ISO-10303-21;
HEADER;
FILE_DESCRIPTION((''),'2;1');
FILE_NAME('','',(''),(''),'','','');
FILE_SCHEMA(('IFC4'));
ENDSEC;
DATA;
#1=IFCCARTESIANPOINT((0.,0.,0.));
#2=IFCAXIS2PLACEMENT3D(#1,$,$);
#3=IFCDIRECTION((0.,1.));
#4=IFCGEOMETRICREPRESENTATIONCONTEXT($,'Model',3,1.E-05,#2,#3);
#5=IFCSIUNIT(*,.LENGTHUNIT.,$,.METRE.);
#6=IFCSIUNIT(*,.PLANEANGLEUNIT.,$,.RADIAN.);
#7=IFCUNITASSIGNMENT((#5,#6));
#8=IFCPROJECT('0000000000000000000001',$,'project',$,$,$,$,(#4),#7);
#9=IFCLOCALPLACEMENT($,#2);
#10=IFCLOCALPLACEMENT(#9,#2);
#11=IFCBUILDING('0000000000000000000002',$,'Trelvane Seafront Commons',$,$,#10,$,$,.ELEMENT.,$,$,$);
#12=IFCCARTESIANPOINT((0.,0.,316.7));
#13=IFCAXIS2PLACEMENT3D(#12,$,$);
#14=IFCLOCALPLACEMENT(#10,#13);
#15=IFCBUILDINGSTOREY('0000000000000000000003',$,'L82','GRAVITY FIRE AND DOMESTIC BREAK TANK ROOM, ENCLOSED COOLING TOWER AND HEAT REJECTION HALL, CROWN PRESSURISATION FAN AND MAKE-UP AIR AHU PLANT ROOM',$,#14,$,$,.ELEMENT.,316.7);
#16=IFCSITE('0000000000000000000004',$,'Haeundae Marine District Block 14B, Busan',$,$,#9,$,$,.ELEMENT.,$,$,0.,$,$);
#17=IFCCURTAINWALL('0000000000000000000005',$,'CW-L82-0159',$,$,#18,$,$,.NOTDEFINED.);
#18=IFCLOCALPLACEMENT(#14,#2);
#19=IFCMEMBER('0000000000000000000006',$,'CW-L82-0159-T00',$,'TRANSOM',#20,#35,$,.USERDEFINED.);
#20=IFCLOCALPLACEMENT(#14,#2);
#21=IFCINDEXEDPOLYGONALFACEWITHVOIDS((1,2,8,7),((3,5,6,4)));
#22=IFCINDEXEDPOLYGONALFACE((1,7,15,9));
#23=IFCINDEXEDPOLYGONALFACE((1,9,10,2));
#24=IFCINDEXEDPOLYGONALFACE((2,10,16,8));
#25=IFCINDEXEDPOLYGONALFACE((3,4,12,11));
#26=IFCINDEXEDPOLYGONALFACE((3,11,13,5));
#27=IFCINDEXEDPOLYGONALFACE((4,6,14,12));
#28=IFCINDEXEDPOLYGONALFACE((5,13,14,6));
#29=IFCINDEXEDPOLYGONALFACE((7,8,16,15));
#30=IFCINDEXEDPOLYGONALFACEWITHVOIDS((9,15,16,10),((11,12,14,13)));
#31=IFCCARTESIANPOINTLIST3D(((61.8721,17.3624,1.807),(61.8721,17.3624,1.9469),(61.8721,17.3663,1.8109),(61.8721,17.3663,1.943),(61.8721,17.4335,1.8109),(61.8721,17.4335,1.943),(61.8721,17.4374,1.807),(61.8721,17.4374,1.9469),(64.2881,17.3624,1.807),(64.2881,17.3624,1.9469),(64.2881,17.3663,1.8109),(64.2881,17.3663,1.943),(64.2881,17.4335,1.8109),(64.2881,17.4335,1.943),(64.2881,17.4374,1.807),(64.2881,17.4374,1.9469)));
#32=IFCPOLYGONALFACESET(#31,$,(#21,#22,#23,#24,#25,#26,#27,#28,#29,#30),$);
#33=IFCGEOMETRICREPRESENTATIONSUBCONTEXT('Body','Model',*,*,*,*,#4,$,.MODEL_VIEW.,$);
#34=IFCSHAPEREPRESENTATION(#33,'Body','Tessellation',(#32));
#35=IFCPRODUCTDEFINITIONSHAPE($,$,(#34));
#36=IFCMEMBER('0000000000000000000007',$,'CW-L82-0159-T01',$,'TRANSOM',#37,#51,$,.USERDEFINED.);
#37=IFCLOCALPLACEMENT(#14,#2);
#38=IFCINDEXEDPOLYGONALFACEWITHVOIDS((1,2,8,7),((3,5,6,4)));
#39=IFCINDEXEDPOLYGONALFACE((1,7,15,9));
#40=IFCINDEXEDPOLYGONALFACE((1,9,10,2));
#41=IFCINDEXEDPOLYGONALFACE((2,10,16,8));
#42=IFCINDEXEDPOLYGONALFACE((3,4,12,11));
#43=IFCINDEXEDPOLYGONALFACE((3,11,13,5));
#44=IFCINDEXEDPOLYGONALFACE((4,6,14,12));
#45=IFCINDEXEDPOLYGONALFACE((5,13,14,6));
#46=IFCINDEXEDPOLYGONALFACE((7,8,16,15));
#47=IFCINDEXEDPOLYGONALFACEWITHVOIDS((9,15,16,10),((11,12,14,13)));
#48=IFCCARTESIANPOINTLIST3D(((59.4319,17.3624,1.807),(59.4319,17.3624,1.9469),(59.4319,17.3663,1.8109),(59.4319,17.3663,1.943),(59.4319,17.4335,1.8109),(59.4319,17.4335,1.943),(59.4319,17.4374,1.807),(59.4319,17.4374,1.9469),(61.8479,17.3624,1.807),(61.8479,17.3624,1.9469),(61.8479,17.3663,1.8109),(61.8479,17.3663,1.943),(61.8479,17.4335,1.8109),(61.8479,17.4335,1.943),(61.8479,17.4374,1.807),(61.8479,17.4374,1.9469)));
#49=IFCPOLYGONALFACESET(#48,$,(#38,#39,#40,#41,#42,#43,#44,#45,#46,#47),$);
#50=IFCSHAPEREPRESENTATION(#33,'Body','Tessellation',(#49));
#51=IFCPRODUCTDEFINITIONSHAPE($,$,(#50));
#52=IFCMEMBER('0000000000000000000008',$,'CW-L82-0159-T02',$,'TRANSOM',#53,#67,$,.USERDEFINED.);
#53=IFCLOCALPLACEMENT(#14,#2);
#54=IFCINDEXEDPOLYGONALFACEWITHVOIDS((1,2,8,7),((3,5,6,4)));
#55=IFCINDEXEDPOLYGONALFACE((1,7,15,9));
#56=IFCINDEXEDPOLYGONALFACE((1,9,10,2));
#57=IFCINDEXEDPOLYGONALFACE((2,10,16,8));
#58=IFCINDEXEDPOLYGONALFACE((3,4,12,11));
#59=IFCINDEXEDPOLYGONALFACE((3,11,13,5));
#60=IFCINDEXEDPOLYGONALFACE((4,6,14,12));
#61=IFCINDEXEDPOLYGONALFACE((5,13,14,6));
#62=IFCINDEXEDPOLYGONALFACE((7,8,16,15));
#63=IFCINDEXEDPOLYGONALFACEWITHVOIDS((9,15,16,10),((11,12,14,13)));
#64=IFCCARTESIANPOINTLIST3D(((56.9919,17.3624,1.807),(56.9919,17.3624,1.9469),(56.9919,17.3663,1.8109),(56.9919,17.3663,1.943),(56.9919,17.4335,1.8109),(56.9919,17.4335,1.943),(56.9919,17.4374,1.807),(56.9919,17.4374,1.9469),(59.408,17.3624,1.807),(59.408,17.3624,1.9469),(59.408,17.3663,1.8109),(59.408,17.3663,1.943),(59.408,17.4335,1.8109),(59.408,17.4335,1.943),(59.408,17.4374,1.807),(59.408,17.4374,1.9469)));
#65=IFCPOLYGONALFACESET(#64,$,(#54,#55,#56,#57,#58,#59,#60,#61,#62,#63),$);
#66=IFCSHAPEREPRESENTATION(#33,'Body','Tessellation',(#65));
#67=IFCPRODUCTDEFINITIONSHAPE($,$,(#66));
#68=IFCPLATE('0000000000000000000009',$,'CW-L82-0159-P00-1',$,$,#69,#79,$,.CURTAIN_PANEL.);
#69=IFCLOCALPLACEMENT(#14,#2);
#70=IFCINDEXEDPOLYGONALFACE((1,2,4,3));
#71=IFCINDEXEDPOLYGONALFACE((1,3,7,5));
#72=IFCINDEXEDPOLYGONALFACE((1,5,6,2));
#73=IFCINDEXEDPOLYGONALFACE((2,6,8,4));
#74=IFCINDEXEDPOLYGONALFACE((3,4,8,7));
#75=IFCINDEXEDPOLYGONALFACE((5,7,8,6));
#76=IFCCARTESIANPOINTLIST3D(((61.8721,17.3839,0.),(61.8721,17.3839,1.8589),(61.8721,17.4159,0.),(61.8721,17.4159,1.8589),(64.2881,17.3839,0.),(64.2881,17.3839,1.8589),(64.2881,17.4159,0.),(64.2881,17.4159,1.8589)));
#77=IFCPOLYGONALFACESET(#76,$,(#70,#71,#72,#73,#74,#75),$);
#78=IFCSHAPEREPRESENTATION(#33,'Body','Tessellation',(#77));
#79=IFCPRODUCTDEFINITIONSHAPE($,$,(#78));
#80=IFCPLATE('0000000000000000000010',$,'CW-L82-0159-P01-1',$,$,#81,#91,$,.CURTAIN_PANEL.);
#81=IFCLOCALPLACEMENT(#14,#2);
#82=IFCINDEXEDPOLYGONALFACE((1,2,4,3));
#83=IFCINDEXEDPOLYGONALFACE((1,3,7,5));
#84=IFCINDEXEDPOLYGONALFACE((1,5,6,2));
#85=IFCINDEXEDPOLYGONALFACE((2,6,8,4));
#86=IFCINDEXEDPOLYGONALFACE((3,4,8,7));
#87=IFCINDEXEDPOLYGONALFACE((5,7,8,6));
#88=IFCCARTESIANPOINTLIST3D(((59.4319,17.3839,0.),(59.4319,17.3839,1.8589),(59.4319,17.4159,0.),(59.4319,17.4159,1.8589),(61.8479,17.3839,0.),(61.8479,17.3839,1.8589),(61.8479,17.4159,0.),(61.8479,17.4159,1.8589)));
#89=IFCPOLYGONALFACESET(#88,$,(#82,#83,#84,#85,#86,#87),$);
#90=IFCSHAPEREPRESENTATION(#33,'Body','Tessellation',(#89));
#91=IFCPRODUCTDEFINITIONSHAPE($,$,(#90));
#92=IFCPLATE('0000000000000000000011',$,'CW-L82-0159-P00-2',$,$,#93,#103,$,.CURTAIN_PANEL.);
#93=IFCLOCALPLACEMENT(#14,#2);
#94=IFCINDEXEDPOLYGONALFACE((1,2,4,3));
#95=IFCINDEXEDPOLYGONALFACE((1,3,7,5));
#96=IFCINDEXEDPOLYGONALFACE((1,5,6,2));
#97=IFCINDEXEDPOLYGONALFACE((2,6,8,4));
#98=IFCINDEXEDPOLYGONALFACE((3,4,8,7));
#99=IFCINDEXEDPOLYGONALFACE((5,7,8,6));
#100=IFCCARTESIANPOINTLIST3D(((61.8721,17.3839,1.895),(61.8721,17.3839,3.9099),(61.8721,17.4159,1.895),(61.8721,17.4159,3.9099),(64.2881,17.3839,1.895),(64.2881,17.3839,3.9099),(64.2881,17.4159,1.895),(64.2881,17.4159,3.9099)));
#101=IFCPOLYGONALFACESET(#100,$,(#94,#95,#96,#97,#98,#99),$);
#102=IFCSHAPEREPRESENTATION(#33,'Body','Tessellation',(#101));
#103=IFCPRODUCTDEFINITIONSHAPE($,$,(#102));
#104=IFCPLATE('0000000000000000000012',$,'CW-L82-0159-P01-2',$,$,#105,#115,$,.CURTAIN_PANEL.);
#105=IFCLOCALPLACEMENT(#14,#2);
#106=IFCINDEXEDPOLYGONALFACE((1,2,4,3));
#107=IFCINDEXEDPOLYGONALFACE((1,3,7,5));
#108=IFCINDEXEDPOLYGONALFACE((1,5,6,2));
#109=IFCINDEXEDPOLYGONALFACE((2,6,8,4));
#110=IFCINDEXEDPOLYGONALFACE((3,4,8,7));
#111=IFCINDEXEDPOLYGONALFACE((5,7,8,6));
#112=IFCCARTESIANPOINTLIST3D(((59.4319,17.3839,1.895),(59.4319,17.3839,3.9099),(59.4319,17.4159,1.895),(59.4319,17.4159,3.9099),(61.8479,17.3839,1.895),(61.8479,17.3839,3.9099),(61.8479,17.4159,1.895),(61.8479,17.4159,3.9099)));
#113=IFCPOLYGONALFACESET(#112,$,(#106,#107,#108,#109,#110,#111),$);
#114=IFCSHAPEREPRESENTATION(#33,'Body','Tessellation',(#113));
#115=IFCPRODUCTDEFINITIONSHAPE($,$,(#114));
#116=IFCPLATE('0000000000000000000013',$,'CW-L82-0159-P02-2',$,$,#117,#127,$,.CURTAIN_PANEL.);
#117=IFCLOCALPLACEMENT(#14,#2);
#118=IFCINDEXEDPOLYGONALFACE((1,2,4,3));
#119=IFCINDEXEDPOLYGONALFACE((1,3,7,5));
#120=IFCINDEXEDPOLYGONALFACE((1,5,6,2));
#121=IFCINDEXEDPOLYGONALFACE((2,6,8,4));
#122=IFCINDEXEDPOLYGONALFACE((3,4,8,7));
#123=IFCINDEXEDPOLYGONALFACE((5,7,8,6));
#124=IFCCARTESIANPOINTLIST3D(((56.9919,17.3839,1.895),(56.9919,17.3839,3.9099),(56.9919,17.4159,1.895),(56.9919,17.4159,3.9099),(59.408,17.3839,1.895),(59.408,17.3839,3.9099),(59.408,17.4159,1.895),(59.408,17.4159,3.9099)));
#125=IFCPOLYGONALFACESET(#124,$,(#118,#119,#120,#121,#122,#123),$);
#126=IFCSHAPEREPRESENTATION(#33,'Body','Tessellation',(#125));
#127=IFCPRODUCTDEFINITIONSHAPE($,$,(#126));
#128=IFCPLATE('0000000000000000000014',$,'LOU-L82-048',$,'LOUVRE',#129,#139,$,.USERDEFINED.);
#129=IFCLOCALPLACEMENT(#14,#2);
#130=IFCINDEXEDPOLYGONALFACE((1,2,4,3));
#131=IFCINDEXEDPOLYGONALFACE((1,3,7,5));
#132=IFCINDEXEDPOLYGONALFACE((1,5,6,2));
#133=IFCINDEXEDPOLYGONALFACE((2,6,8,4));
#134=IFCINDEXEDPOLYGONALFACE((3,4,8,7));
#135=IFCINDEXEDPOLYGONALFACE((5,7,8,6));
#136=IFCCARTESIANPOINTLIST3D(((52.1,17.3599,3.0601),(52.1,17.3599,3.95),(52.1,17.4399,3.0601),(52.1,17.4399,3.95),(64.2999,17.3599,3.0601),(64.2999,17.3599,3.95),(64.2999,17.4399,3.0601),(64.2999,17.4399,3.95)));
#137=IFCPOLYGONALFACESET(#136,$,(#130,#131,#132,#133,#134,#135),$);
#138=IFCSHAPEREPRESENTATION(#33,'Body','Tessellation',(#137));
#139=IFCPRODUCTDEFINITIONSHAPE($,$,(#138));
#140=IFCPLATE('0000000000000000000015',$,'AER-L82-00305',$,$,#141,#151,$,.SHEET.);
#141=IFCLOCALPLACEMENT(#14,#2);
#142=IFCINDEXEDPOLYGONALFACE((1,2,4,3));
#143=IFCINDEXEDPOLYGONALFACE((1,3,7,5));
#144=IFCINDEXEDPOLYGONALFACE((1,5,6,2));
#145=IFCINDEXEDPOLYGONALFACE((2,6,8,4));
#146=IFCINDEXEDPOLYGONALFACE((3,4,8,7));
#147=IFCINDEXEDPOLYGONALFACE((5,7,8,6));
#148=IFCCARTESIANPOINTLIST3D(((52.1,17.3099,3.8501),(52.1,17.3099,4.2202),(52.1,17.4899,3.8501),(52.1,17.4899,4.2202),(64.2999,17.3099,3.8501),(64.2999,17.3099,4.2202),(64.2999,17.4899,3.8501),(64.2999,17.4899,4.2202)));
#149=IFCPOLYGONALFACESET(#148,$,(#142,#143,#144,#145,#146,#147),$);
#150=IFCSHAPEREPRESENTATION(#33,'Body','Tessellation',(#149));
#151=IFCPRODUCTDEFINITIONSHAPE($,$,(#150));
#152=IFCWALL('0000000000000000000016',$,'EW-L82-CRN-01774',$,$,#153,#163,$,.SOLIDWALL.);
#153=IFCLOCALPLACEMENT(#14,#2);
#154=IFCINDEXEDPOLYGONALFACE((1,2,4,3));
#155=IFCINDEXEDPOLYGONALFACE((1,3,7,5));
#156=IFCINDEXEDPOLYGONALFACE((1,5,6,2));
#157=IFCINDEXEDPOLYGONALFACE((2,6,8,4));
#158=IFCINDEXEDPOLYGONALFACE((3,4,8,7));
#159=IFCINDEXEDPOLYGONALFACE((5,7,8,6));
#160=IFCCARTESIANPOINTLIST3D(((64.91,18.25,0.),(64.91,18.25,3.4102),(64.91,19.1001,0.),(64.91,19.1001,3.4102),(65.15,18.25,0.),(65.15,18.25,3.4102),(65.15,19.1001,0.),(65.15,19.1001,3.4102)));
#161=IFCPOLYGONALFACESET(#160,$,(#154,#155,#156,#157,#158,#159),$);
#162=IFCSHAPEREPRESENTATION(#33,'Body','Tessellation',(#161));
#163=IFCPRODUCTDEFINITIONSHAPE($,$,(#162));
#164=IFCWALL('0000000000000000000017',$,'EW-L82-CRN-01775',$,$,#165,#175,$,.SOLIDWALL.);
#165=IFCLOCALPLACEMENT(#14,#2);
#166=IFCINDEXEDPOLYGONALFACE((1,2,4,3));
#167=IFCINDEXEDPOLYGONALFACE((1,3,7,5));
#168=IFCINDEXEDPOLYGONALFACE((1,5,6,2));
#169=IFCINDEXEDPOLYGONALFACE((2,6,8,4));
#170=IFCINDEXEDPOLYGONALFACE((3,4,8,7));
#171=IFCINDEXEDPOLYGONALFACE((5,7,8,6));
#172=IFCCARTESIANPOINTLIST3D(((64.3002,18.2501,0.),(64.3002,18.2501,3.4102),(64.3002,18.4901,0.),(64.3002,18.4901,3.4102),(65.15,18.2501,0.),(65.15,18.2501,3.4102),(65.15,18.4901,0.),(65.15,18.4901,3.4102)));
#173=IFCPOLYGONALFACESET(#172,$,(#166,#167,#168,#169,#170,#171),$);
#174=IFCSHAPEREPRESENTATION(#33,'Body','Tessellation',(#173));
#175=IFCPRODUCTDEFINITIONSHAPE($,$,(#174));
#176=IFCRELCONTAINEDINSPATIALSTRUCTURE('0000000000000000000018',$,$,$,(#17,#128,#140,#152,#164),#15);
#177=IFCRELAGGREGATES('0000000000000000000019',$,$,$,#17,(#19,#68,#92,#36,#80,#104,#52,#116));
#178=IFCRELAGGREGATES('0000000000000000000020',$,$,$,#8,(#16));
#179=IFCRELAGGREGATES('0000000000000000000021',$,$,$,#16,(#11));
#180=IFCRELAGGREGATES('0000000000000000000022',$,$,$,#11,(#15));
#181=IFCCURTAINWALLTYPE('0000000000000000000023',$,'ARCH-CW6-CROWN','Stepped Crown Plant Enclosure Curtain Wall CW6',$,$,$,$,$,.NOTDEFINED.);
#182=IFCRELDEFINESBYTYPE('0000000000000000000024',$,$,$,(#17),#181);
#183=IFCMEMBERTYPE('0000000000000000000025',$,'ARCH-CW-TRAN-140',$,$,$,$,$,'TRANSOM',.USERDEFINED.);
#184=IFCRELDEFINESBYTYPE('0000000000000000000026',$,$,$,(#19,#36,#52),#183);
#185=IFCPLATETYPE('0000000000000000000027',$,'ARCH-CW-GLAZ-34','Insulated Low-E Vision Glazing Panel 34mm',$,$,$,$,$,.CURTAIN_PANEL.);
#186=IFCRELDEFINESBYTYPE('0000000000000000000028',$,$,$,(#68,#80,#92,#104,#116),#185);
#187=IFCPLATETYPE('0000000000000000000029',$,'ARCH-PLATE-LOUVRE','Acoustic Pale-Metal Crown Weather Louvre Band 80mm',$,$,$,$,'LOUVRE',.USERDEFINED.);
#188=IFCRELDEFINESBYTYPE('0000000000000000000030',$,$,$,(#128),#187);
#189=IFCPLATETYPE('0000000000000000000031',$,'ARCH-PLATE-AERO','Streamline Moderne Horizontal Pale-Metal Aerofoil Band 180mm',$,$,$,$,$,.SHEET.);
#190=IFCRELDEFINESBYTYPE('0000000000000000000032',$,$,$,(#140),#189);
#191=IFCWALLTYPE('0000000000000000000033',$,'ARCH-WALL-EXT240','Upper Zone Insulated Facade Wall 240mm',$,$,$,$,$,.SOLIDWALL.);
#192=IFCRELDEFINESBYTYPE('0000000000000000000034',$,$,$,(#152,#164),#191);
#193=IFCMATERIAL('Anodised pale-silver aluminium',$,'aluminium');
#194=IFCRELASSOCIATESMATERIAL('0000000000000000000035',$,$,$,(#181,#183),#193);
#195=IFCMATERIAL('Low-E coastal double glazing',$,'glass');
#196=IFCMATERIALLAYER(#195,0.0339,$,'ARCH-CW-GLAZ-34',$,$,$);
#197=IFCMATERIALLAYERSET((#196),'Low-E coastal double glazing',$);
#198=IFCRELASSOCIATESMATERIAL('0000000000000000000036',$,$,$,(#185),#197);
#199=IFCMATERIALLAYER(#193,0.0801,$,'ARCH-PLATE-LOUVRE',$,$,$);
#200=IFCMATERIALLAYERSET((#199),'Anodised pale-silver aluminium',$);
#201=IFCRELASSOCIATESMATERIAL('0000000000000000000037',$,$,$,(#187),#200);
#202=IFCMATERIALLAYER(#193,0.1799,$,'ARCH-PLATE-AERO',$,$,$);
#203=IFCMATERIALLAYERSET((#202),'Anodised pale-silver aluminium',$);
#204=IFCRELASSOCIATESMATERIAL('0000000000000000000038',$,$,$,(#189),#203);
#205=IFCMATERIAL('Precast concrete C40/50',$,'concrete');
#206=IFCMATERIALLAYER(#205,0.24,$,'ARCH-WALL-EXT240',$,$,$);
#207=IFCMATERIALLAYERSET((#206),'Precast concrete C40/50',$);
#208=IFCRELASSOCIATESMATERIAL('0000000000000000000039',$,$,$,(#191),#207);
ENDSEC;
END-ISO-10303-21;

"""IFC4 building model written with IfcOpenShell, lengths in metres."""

from ifc_helpers import new_model, si_unit, direction, frame, frame_2d, origin, origin_2d, place, context, subcontext, project, spatial, rectangle, hollow_rectangle, extrude, source, transform, mapped, material, layer, layer_set, material_profile, profile_set, type_object, element, aggregate, save


model = new_model("IFC4")

# Units and contexts
model_context = context("Model", 3, precision=1e-05, world=origin(), true_north=direction((0.0, 1.0)))
body_context = subcontext(model_context, "Body", "Model", "MODEL_VIEW")
ifc_project = project(units=[si_unit("LENGTHUNIT", "METRE"), si_unit("PLANEANGLEUNIT", "RADIAN")], contexts=[model_context])

# Site, building, storey
site_placement = place(None, origin())
site = spatial("IfcSite", under=ifc_project, at=site_placement, Name="Haeundae Marine District Block 14B, Busan", CompositionType="ELEMENT", RefElevation=0.0)
building_placement = place(site_placement, origin())
building = spatial("IfcBuilding", under=site, at=building_placement, Name="Trelvane Seafront Commons", CompositionType="ELEMENT")
storey_placement = place(building_placement, frame((0.0, 0.0, 316.7)))
storey = spatial("IfcBuildingStorey", under=building, at=storey_placement, Name="L82", Description="GRAVITY FIRE AND DOMESTIC BREAK TANK ROOM, ENCLOSED COOLING TOWER AND HEAT REJECTION HALL, CROWN PRESSURISATION FAN AND MAKE-UP AIR AHU PLANT ROOM", CompositionType="ELEMENT", Elevation=316.7)

# Curtain wall, members, plates
ifc_material_1 = material(Name="Anodised pale-silver aluminium", Category="aluminium")
curtain_wall_type = type_object("IfcCurtainWallType", Name="ARCH-CW6-CROWN", Description="Stepped Crown Plant Enclosure Curtain Wall CW6", PredefinedType="NOTDEFINED", material=ifc_material_1)
curtain_wall_placement = place(storey_placement, origin())
curtain_wall = element("IfcCurtainWall", 1, at=curtain_wall_placement, inside=storey, type_object=curtain_wall_type, Name="CW-L82-0159", PredefinedType="NOTDEFINED")
ifc_material_profile_1 = material_profile(ifc_material_1, hollow_rectangle(XDim=0.075, YDim=0.1399, WallThickness=0.0039, at=origin_2d()), Name="TRAN-75x140x4")
ifc_profile_set_1 = profile_set([ifc_material_profile_1], Name="Anodised pale-silver aluminium")
member_type_1 = type_object("IfcMemberType", Name="ARCH-CW-TRAN-140", ElementType="TRANSOM", PredefinedType="USERDEFINED", material=ifc_profile_set_1)
shared_shape_1 = source(origin(), body_context, "Body", "SweptSolid", [
    extrude(hollow_rectangle(XDim=0.075, YDim=0.1399, WallThickness=0.0039, at=origin_2d()), origin(), (0.0, 0.0, 1.0), 2.416),
])
member_1_placement = place(storey_placement, frame((64.2881, 17.3999, 1.877), z_axis=(-1.0, 0.0, 0.0), x_axis=(0.0, -1.0, 0.0)))
member_1 = element("IfcMember", 2, at=member_1_placement, type_object=member_type_1, Name="CW-L82-0159-T00", ObjectType="TRANSOM", PredefinedType="USERDEFINED", context=body_context, shape_type="MappedRepresentation", body=[
    mapped(shared_shape_1, transform((0.0, 0.0, 0.0), x_axis=(1.0, 0.0, 0.0), y_axis=(0.0, 1.0, 0.0), z_axis=(0.0, 0.0, 1.0), scale=1.0)),
])
member_2_placement = place(storey_placement, frame((61.8479, 17.3999, 1.877), z_axis=(-1.0, 0.0, 0.0), x_axis=(0.0, -1.0, 0.0)))
member_2 = element("IfcMember", 3, at=member_2_placement, type_object=member_type_1, Name="CW-L82-0159-T01", ObjectType="TRANSOM", PredefinedType="USERDEFINED", context=body_context, shape_type="MappedRepresentation", body=[
    mapped(shared_shape_1, transform((0.0, 0.0, 0.0), x_axis=(1.0, 0.0, 0.0), y_axis=(0.0, 1.0, 0.0), z_axis=(0.0, 0.0, 1.0), scale=1.0)),
])
member_3_placement = place(storey_placement, frame((59.408, 17.3999, 1.877), z_axis=(-1.0, 0.0, 0.0), x_axis=(0.0, -1.0, 0.0)))
member_3 = element("IfcMember", 4, at=member_3_placement, type_object=member_type_1, Name="CW-L82-0159-T02", ObjectType="TRANSOM", PredefinedType="USERDEFINED", context=body_context, shape_type="MappedRepresentation", body=[
    mapped(shared_shape_1, transform((0.0, 0.0, 0.0), x_axis=(1.0, 0.0, 0.0), y_axis=(0.0, 1.0, 0.0), z_axis=(0.0, 0.0, 1.0), scale=1.0)),
])
ifc_material_2 = material(Name="Low-E coastal double glazing", Category="glass")
ifc_layer_1 = layer(ifc_material_2, 0.0339, Name="ARCH-CW-GLAZ-34")
ifc_layer_set_1 = layer_set([ifc_layer_1], Name="Low-E coastal double glazing")
plate_type_1 = type_object("IfcPlateType", Name="ARCH-CW-GLAZ-34", Description="Insulated Low-E Vision Glazing Panel 34mm", PredefinedType="CURTAIN_PANEL", material=ifc_layer_set_1)
shared_shape_2 = source(origin(), body_context, "Body", "SweptSolid", [
    extrude(rectangle(XDim=2.416, YDim=0.032, at=origin_2d()), origin(), (0.0, 0.0, 1.0), 1.8589),
])
plate_1_placement = place(storey_placement, frame((63.0801, 17.3999, 0.0), z_axis=(0.0, 0.0, 1.0), x_axis=(-1.0, 0.0, 0.0)))
plate_1 = element("IfcPlate", 5, at=plate_1_placement, type_object=plate_type_1, Name="CW-L82-0159-P00-1", PredefinedType="CURTAIN_PANEL", context=body_context, shape_type="MappedRepresentation", body=[
    mapped(shared_shape_2, transform((0.0, 0.0, 0.0), x_axis=(1.0, 0.0, 0.0), y_axis=(0.0, 1.0, 0.0), z_axis=(0.0, 0.0, 1.0), scale=1.0)),
])
plate_2_placement = place(storey_placement, frame((60.6399, 17.3999, 0.0), z_axis=(0.0, 0.0, 1.0), x_axis=(-1.0, 0.0, 0.0)))
plate_2 = element("IfcPlate", 6, at=plate_2_placement, type_object=plate_type_1, Name="CW-L82-0159-P01-1", PredefinedType="CURTAIN_PANEL", context=body_context, shape_type="MappedRepresentation", body=[
    mapped(shared_shape_2, transform((0.0, 0.0, 0.0), x_axis=(1.0, 0.0, 0.0), y_axis=(0.0, 1.0, 0.0), z_axis=(0.0, 0.0, 1.0), scale=1.0)),
])
shared_shape_3 = source(origin(), body_context, "Body", "SweptSolid", [
    extrude(rectangle(XDim=2.416, YDim=0.032, at=origin_2d()), origin(), (0.0, 0.0, 1.0), 2.0149),
])
plate_3_placement = place(storey_placement, frame((63.0801, 17.3999, 1.895), z_axis=(0.0, 0.0, 1.0), x_axis=(-1.0, 0.0, 0.0)))
plate_3 = element("IfcPlate", 7, at=plate_3_placement, type_object=plate_type_1, Name="CW-L82-0159-P00-2", PredefinedType="CURTAIN_PANEL", context=body_context, shape_type="MappedRepresentation", body=[
    mapped(shared_shape_3, transform((0.0, 0.0, 0.0), x_axis=(1.0, 0.0, 0.0), y_axis=(0.0, 1.0, 0.0), z_axis=(0.0, 0.0, 1.0), scale=1.0)),
])
plate_4_placement = place(storey_placement, frame((60.6399, 17.3999, 1.895), z_axis=(0.0, 0.0, 1.0), x_axis=(-1.0, 0.0, 0.0)))
plate_4 = element("IfcPlate", 8, at=plate_4_placement, type_object=plate_type_1, Name="CW-L82-0159-P01-2", PredefinedType="CURTAIN_PANEL", context=body_context, shape_type="MappedRepresentation", body=[
    mapped(shared_shape_3, transform((0.0, 0.0, 0.0), x_axis=(1.0, 0.0, 0.0), y_axis=(0.0, 1.0, 0.0), z_axis=(0.0, 0.0, 1.0), scale=1.0)),
])
plate_5_placement = place(storey_placement, frame((58.2, 17.3999, 1.895), z_axis=(0.0, 0.0, 1.0), x_axis=(-1.0, 0.0, 0.0)))
plate_5 = element("IfcPlate", 9, at=plate_5_placement, type_object=plate_type_1, Name="CW-L82-0159-P02-2", PredefinedType="CURTAIN_PANEL", context=body_context, shape_type="MappedRepresentation", body=[
    mapped(shared_shape_3, transform((0.0, 0.0, 0.0), x_axis=(1.0, 0.0, 0.0), y_axis=(0.0, 1.0, 0.0), z_axis=(0.0, 0.0, 1.0), scale=1.0)),
])
aggregate(curtain_wall, [member_1, plate_1, plate_3, member_2, plate_2, plate_4, member_3, plate_5])

# Plates
ifc_layer_2 = layer(ifc_material_1, 0.0801, Name="ARCH-PLATE-LOUVRE")
ifc_layer_set_2 = layer_set([ifc_layer_2], Name="Anodised pale-silver aluminium")
plate_type_2 = type_object("IfcPlateType", Name="ARCH-PLATE-LOUVRE", Description="Acoustic Pale-Metal Crown Weather Louvre Band 80mm", ElementType="LOUVRE", PredefinedType="USERDEFINED", material=ifc_layer_set_2)
shared_shape_4 = source(origin(), body_context, "Body", "SweptSolid", [
    extrude(rectangle(XDim=12.2, YDim=0.0801, at=origin_2d()), origin(), (0.0, 0.0, 1.0), 0.8899),
])
plate_6_placement = place(storey_placement, frame((58.2, 17.3999, 3.0601), z_axis=(0.0, 0.0, 1.0), x_axis=(-1.0, 0.0, 0.0)))
element("IfcPlate", 10, at=plate_6_placement, inside=storey, type_object=plate_type_2, Name="LOU-L82-048", ObjectType="LOUVRE", PredefinedType="USERDEFINED", context=body_context, shape_type="MappedRepresentation", body=[
    mapped(shared_shape_4, transform((0.0, 0.0, 0.0), x_axis=(1.0, 0.0, 0.0), y_axis=(0.0, 1.0, 0.0), z_axis=(0.0, 0.0, 1.0), scale=1.0)),
])
ifc_layer_3 = layer(ifc_material_1, 0.1799, Name="ARCH-PLATE-AERO")
ifc_layer_set_3 = layer_set([ifc_layer_3], Name="Anodised pale-silver aluminium")
plate_type_3 = type_object("IfcPlateType", Name="ARCH-PLATE-AERO", Description="Streamline Moderne Horizontal Pale-Metal Aerofoil Band 180mm", PredefinedType="SHEET", material=ifc_layer_set_3)
shared_shape_5 = source(origin(), body_context, "Body", "SweptSolid", [
    extrude(rectangle(XDim=12.2, YDim=0.1799, at=origin_2d()), origin(), (0.0, 0.0, 1.0), 0.3701),
])
plate_7_placement = place(storey_placement, frame((58.2, 17.3999, 3.8501), z_axis=(0.0, 0.0, 1.0), x_axis=(-1.0, 0.0, 0.0)))
element("IfcPlate", 11, at=plate_7_placement, inside=storey, type_object=plate_type_3, Name="AER-L82-00305", PredefinedType="SHEET", context=body_context, shape_type="MappedRepresentation", body=[
    mapped(shared_shape_5, transform((0.0, 0.0, 0.0), x_axis=(1.0, 0.0, 0.0), y_axis=(0.0, 1.0, 0.0), z_axis=(0.0, 0.0, 1.0), scale=1.0)),
])

# Walls
ifc_material_3 = material(Name="Precast concrete C40/50", Category="concrete")
ifc_layer_4 = layer(ifc_material_3, 0.24, Name="ARCH-WALL-EXT240")
ifc_layer_set_4 = layer_set([ifc_layer_4], Name="Precast concrete C40/50")
wall_type_1 = type_object("IfcWallType", Name="ARCH-WALL-EXT240", Description="Upper Zone Insulated Facade Wall 240mm", PredefinedType="SOLIDWALL", material=ifc_layer_set_4)
wall_1_placement = place(storey_placement, frame((65.03, 19.1001, 0.0), z_axis=(0.0, 0.0, 1.0), x_axis=(0.0, -1.0, 0.0)))
element("IfcWall", 12, at=wall_1_placement, inside=storey, type_object=wall_type_1, Name="EW-L82-CRN-01774", PredefinedType="SOLIDWALL", context=body_context, shape_type="SweptSolid", body=[
    extrude(rectangle(XDim=0.8501, YDim=0.24, at=frame_2d((0.425, 0.0))), origin(), (0.0, 0.0, 1.0), 3.4102),
])
wall_2_placement = place(storey_placement, frame((65.1499, 18.3701, 0.0), z_axis=(0.0, 0.0, 1.0), x_axis=(-1.0, 0.0, 0.0)))
element("IfcWall", 13, at=wall_2_placement, inside=storey, type_object=wall_type_1, Name="EW-L82-CRN-01775", PredefinedType="SOLIDWALL", context=body_context, shape_type="SweptSolid", body=[
    extrude(rectangle(XDim=0.8499, YDim=0.24, at=frame_2d((0.4248, 0.0))), origin(), (0.0, 0.0, 1.0), 3.4102),
])

save(model, "model.ifc")
